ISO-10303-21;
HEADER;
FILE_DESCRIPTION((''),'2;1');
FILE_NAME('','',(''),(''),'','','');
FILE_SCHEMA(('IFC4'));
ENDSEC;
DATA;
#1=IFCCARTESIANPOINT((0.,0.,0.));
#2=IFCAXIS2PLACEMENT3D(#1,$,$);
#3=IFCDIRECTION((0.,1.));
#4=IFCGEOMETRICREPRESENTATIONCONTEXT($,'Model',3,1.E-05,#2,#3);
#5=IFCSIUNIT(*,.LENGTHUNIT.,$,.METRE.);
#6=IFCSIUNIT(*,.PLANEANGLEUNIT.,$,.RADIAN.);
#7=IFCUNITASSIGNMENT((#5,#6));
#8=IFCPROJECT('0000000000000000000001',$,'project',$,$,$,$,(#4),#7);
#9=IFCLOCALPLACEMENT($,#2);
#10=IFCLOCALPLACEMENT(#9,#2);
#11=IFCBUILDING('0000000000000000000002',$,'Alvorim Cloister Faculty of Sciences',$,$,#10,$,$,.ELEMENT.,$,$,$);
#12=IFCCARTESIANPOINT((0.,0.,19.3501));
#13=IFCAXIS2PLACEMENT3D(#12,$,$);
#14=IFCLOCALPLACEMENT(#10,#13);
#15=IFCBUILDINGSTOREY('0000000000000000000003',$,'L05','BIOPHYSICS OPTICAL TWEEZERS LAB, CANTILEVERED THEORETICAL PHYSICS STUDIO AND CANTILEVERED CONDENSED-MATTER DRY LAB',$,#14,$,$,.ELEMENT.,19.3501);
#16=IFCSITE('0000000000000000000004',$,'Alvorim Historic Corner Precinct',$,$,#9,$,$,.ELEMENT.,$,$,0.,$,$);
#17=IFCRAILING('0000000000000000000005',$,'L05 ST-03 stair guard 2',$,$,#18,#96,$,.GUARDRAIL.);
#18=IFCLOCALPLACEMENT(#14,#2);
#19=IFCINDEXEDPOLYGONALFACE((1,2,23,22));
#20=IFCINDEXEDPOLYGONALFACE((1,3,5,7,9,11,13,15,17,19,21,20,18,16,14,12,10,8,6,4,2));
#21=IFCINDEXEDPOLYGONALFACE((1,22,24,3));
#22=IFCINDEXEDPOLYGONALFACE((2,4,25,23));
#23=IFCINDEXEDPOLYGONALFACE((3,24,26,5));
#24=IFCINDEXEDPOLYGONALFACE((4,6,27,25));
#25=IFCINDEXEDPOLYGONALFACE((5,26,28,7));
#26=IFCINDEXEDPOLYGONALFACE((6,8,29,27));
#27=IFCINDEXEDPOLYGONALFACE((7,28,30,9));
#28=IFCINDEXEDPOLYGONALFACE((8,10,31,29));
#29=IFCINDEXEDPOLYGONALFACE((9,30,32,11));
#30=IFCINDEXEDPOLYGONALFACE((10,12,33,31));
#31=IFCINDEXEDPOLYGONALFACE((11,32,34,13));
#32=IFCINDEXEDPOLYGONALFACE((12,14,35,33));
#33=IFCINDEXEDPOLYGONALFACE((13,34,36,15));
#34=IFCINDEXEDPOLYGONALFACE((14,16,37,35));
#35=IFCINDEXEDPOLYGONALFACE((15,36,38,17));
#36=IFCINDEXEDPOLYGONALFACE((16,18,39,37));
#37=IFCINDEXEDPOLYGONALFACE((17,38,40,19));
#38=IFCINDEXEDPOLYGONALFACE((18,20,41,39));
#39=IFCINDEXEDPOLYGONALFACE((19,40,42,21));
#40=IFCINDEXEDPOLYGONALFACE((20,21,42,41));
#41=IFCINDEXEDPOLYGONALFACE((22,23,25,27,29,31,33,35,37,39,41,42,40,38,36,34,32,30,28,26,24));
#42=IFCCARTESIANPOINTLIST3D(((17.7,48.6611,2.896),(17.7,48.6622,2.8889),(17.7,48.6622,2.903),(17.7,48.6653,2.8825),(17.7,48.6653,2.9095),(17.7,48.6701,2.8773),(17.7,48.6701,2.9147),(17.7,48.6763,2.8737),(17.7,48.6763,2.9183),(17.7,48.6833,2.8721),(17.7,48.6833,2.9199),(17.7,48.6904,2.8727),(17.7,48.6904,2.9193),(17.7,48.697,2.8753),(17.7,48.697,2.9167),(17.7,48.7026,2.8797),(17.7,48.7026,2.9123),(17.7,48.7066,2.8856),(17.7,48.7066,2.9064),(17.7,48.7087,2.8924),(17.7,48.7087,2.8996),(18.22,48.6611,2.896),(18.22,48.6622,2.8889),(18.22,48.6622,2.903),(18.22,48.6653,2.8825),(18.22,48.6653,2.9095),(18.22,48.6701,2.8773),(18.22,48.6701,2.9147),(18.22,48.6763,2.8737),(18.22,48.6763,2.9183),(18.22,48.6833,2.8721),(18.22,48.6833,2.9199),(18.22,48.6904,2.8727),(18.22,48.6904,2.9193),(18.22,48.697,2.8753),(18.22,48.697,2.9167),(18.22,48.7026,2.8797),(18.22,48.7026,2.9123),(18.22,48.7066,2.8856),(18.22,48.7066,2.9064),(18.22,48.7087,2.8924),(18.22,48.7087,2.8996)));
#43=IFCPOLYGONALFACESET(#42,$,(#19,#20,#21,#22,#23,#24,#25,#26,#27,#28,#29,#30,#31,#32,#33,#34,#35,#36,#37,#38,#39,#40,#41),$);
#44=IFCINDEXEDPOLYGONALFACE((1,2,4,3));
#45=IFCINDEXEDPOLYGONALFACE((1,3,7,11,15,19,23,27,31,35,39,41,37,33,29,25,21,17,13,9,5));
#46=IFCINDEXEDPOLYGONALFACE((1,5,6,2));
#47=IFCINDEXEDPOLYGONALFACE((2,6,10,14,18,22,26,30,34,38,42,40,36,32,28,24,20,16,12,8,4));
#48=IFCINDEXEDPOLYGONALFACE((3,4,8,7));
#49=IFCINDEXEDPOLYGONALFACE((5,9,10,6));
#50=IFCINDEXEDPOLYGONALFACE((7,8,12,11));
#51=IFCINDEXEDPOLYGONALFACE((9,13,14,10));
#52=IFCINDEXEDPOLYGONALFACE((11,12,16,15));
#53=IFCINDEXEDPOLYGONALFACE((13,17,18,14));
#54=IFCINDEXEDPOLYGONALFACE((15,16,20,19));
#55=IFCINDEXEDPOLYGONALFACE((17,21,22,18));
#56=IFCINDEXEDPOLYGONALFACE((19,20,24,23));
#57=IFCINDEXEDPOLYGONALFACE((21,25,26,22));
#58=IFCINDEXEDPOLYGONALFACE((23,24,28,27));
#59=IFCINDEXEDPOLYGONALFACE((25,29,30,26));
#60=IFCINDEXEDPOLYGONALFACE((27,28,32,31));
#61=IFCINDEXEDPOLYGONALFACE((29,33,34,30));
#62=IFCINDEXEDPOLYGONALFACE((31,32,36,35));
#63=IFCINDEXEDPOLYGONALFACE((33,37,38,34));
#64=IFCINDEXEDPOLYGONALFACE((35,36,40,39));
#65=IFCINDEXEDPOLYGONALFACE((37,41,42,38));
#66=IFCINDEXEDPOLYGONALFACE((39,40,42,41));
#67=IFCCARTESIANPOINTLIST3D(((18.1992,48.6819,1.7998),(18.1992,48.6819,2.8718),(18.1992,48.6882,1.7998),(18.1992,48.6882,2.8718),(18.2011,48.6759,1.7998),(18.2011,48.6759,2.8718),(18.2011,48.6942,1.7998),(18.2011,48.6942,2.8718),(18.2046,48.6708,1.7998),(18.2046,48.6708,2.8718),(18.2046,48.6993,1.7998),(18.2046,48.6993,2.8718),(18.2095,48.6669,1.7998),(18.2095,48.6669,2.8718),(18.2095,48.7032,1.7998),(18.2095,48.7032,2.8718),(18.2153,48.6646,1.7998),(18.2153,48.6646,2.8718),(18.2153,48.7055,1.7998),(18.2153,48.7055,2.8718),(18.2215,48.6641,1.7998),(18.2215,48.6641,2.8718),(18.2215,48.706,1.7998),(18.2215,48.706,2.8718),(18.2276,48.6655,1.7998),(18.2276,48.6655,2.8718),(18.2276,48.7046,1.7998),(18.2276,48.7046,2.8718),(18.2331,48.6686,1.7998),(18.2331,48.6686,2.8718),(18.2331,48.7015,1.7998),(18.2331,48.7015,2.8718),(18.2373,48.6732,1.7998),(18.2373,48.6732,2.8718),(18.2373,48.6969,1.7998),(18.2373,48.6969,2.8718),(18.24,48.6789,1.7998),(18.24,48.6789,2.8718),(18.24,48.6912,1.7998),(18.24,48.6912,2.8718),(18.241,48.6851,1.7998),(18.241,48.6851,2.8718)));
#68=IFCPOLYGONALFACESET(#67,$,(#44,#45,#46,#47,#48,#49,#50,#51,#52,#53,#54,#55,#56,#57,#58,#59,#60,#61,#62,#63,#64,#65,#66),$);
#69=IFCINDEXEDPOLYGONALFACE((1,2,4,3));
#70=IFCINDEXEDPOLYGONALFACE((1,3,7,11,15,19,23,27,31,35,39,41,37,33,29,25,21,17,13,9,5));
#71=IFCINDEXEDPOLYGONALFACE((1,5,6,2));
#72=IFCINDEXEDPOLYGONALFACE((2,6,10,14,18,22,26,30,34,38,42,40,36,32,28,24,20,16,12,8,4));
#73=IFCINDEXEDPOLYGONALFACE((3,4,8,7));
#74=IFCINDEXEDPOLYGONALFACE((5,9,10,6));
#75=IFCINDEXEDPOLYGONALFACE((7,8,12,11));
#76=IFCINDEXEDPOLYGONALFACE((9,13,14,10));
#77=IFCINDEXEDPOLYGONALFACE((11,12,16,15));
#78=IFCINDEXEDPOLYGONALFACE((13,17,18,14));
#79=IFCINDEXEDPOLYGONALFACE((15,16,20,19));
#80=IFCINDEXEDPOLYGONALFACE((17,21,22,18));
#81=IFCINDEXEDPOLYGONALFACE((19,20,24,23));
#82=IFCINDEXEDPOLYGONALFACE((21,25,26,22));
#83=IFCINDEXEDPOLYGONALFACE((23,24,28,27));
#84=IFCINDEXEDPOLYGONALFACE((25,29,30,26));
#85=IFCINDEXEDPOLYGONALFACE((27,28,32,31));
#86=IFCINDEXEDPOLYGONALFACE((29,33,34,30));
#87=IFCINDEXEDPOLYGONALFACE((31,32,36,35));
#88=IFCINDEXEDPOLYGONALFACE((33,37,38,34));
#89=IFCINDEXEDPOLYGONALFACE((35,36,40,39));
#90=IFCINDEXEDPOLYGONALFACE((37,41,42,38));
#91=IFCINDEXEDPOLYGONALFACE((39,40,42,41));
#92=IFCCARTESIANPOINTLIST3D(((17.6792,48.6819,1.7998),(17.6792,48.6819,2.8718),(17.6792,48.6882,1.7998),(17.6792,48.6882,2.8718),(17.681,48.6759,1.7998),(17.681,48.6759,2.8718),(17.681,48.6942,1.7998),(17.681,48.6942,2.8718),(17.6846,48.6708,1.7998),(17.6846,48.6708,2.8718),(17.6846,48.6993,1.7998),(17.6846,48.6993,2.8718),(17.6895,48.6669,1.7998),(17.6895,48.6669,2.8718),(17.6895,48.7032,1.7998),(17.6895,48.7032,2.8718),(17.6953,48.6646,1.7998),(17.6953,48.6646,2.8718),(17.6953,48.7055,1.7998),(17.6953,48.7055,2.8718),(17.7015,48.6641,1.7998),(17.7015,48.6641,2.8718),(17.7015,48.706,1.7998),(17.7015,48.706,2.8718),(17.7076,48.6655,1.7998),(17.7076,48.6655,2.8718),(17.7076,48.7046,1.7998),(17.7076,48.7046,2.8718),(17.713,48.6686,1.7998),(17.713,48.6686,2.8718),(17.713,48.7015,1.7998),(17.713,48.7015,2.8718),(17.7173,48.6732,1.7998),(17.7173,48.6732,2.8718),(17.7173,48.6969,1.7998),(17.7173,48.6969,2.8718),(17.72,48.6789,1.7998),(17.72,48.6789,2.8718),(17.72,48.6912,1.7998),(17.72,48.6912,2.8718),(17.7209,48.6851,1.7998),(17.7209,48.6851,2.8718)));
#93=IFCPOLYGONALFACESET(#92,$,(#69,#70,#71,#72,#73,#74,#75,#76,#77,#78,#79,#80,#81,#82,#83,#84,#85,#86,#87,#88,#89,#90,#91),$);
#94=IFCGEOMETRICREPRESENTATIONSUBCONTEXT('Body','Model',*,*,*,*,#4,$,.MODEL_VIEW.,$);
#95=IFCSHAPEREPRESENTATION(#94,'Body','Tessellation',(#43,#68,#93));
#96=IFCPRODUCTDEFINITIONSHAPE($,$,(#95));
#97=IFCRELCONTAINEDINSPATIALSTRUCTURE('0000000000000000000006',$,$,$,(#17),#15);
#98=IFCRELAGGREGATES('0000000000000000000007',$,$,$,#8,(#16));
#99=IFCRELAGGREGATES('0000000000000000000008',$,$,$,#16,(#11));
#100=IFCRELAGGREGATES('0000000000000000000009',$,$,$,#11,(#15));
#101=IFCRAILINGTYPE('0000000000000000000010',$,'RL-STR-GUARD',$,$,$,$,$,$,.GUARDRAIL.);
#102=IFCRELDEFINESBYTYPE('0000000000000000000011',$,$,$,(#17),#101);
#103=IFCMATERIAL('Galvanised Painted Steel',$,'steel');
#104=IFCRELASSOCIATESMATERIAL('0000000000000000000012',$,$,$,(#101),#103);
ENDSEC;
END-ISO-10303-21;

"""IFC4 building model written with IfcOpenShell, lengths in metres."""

from ifc_helpers import new_model, si_unit, direction, frame, origin, origin_2d, place, context, subcontext, project, spatial, circle, extrude, material, type_object, element, save


model = new_model("IFC4")

# Units and contexts
model_context = context("Model", 3, precision=1e-05, world=origin(), true_north=direction((0.0, 1.0)))
body_context = subcontext(model_context, "Body", "Model", "MODEL_VIEW")
ifc_project = project(units=[si_unit("LENGTHUNIT", "METRE"), si_unit("PLANEANGLEUNIT", "RADIAN")], contexts=[model_context])

# Site, building, storey
site_placement = place(None, origin())
site = spatial("IfcSite", under=ifc_project, at=site_placement, Name="Alvorim Historic Corner Precinct", CompositionType="ELEMENT", RefElevation=0.0)
building_placement = place(site_placement, origin())
building = spatial("IfcBuilding", under=site, at=building_placement, Name="Alvorim Cloister Faculty of Sciences", CompositionType="ELEMENT")
storey_placement = place(building_placement, frame((0.0, 0.0, 19.3501)))
storey = spatial("IfcBuildingStorey", under=building, at=storey_placement, Name="L05", Description="BIOPHYSICS OPTICAL TWEEZERS LAB, CANTILEVERED THEORETICAL PHYSICS STUDIO AND CANTILEVERED CONDENSED-MATTER DRY LAB", CompositionType="ELEMENT", Elevation=19.3501)

# Railing
ifc_material_1 = material(Name="Galvanised Painted Steel", Category="steel")
railing_type_1 = type_object("IfcRailingType", Name="RL-STR-GUARD", PredefinedType="GUARDRAIL", material=ifc_material_1)
railing_1_placement = place(storey_placement, frame((18.22, 48.6851, 1.7998)))
element("IfcRailing", 1, at=railing_1_placement, inside=storey, type_object=railing_type_1, Name="L05 ST-03 stair guard 2", PredefinedType="GUARDRAIL", context=body_context, shape_type="SweptSolid", body=[
    extrude(circle(Radius=0.0239, at=origin_2d()), frame((0.0, 0.0, 1.0962), z_axis=(-1.0, 0.0, 0.0), x_axis=(0.0, -1.0, 0.0)), (0.0, 0.0, 1.0), 0.52),
    extrude(circle(Radius=0.021, at=origin_2d()), origin(), (0.0, 0.0, 1.0), 1.072),
    extrude(circle(Radius=0.021, at=origin_2d()), frame((-0.52, 0.0, 0.0)), (0.0, 0.0, 1.0), 1.072),
])

save(model, "model.ifc")
